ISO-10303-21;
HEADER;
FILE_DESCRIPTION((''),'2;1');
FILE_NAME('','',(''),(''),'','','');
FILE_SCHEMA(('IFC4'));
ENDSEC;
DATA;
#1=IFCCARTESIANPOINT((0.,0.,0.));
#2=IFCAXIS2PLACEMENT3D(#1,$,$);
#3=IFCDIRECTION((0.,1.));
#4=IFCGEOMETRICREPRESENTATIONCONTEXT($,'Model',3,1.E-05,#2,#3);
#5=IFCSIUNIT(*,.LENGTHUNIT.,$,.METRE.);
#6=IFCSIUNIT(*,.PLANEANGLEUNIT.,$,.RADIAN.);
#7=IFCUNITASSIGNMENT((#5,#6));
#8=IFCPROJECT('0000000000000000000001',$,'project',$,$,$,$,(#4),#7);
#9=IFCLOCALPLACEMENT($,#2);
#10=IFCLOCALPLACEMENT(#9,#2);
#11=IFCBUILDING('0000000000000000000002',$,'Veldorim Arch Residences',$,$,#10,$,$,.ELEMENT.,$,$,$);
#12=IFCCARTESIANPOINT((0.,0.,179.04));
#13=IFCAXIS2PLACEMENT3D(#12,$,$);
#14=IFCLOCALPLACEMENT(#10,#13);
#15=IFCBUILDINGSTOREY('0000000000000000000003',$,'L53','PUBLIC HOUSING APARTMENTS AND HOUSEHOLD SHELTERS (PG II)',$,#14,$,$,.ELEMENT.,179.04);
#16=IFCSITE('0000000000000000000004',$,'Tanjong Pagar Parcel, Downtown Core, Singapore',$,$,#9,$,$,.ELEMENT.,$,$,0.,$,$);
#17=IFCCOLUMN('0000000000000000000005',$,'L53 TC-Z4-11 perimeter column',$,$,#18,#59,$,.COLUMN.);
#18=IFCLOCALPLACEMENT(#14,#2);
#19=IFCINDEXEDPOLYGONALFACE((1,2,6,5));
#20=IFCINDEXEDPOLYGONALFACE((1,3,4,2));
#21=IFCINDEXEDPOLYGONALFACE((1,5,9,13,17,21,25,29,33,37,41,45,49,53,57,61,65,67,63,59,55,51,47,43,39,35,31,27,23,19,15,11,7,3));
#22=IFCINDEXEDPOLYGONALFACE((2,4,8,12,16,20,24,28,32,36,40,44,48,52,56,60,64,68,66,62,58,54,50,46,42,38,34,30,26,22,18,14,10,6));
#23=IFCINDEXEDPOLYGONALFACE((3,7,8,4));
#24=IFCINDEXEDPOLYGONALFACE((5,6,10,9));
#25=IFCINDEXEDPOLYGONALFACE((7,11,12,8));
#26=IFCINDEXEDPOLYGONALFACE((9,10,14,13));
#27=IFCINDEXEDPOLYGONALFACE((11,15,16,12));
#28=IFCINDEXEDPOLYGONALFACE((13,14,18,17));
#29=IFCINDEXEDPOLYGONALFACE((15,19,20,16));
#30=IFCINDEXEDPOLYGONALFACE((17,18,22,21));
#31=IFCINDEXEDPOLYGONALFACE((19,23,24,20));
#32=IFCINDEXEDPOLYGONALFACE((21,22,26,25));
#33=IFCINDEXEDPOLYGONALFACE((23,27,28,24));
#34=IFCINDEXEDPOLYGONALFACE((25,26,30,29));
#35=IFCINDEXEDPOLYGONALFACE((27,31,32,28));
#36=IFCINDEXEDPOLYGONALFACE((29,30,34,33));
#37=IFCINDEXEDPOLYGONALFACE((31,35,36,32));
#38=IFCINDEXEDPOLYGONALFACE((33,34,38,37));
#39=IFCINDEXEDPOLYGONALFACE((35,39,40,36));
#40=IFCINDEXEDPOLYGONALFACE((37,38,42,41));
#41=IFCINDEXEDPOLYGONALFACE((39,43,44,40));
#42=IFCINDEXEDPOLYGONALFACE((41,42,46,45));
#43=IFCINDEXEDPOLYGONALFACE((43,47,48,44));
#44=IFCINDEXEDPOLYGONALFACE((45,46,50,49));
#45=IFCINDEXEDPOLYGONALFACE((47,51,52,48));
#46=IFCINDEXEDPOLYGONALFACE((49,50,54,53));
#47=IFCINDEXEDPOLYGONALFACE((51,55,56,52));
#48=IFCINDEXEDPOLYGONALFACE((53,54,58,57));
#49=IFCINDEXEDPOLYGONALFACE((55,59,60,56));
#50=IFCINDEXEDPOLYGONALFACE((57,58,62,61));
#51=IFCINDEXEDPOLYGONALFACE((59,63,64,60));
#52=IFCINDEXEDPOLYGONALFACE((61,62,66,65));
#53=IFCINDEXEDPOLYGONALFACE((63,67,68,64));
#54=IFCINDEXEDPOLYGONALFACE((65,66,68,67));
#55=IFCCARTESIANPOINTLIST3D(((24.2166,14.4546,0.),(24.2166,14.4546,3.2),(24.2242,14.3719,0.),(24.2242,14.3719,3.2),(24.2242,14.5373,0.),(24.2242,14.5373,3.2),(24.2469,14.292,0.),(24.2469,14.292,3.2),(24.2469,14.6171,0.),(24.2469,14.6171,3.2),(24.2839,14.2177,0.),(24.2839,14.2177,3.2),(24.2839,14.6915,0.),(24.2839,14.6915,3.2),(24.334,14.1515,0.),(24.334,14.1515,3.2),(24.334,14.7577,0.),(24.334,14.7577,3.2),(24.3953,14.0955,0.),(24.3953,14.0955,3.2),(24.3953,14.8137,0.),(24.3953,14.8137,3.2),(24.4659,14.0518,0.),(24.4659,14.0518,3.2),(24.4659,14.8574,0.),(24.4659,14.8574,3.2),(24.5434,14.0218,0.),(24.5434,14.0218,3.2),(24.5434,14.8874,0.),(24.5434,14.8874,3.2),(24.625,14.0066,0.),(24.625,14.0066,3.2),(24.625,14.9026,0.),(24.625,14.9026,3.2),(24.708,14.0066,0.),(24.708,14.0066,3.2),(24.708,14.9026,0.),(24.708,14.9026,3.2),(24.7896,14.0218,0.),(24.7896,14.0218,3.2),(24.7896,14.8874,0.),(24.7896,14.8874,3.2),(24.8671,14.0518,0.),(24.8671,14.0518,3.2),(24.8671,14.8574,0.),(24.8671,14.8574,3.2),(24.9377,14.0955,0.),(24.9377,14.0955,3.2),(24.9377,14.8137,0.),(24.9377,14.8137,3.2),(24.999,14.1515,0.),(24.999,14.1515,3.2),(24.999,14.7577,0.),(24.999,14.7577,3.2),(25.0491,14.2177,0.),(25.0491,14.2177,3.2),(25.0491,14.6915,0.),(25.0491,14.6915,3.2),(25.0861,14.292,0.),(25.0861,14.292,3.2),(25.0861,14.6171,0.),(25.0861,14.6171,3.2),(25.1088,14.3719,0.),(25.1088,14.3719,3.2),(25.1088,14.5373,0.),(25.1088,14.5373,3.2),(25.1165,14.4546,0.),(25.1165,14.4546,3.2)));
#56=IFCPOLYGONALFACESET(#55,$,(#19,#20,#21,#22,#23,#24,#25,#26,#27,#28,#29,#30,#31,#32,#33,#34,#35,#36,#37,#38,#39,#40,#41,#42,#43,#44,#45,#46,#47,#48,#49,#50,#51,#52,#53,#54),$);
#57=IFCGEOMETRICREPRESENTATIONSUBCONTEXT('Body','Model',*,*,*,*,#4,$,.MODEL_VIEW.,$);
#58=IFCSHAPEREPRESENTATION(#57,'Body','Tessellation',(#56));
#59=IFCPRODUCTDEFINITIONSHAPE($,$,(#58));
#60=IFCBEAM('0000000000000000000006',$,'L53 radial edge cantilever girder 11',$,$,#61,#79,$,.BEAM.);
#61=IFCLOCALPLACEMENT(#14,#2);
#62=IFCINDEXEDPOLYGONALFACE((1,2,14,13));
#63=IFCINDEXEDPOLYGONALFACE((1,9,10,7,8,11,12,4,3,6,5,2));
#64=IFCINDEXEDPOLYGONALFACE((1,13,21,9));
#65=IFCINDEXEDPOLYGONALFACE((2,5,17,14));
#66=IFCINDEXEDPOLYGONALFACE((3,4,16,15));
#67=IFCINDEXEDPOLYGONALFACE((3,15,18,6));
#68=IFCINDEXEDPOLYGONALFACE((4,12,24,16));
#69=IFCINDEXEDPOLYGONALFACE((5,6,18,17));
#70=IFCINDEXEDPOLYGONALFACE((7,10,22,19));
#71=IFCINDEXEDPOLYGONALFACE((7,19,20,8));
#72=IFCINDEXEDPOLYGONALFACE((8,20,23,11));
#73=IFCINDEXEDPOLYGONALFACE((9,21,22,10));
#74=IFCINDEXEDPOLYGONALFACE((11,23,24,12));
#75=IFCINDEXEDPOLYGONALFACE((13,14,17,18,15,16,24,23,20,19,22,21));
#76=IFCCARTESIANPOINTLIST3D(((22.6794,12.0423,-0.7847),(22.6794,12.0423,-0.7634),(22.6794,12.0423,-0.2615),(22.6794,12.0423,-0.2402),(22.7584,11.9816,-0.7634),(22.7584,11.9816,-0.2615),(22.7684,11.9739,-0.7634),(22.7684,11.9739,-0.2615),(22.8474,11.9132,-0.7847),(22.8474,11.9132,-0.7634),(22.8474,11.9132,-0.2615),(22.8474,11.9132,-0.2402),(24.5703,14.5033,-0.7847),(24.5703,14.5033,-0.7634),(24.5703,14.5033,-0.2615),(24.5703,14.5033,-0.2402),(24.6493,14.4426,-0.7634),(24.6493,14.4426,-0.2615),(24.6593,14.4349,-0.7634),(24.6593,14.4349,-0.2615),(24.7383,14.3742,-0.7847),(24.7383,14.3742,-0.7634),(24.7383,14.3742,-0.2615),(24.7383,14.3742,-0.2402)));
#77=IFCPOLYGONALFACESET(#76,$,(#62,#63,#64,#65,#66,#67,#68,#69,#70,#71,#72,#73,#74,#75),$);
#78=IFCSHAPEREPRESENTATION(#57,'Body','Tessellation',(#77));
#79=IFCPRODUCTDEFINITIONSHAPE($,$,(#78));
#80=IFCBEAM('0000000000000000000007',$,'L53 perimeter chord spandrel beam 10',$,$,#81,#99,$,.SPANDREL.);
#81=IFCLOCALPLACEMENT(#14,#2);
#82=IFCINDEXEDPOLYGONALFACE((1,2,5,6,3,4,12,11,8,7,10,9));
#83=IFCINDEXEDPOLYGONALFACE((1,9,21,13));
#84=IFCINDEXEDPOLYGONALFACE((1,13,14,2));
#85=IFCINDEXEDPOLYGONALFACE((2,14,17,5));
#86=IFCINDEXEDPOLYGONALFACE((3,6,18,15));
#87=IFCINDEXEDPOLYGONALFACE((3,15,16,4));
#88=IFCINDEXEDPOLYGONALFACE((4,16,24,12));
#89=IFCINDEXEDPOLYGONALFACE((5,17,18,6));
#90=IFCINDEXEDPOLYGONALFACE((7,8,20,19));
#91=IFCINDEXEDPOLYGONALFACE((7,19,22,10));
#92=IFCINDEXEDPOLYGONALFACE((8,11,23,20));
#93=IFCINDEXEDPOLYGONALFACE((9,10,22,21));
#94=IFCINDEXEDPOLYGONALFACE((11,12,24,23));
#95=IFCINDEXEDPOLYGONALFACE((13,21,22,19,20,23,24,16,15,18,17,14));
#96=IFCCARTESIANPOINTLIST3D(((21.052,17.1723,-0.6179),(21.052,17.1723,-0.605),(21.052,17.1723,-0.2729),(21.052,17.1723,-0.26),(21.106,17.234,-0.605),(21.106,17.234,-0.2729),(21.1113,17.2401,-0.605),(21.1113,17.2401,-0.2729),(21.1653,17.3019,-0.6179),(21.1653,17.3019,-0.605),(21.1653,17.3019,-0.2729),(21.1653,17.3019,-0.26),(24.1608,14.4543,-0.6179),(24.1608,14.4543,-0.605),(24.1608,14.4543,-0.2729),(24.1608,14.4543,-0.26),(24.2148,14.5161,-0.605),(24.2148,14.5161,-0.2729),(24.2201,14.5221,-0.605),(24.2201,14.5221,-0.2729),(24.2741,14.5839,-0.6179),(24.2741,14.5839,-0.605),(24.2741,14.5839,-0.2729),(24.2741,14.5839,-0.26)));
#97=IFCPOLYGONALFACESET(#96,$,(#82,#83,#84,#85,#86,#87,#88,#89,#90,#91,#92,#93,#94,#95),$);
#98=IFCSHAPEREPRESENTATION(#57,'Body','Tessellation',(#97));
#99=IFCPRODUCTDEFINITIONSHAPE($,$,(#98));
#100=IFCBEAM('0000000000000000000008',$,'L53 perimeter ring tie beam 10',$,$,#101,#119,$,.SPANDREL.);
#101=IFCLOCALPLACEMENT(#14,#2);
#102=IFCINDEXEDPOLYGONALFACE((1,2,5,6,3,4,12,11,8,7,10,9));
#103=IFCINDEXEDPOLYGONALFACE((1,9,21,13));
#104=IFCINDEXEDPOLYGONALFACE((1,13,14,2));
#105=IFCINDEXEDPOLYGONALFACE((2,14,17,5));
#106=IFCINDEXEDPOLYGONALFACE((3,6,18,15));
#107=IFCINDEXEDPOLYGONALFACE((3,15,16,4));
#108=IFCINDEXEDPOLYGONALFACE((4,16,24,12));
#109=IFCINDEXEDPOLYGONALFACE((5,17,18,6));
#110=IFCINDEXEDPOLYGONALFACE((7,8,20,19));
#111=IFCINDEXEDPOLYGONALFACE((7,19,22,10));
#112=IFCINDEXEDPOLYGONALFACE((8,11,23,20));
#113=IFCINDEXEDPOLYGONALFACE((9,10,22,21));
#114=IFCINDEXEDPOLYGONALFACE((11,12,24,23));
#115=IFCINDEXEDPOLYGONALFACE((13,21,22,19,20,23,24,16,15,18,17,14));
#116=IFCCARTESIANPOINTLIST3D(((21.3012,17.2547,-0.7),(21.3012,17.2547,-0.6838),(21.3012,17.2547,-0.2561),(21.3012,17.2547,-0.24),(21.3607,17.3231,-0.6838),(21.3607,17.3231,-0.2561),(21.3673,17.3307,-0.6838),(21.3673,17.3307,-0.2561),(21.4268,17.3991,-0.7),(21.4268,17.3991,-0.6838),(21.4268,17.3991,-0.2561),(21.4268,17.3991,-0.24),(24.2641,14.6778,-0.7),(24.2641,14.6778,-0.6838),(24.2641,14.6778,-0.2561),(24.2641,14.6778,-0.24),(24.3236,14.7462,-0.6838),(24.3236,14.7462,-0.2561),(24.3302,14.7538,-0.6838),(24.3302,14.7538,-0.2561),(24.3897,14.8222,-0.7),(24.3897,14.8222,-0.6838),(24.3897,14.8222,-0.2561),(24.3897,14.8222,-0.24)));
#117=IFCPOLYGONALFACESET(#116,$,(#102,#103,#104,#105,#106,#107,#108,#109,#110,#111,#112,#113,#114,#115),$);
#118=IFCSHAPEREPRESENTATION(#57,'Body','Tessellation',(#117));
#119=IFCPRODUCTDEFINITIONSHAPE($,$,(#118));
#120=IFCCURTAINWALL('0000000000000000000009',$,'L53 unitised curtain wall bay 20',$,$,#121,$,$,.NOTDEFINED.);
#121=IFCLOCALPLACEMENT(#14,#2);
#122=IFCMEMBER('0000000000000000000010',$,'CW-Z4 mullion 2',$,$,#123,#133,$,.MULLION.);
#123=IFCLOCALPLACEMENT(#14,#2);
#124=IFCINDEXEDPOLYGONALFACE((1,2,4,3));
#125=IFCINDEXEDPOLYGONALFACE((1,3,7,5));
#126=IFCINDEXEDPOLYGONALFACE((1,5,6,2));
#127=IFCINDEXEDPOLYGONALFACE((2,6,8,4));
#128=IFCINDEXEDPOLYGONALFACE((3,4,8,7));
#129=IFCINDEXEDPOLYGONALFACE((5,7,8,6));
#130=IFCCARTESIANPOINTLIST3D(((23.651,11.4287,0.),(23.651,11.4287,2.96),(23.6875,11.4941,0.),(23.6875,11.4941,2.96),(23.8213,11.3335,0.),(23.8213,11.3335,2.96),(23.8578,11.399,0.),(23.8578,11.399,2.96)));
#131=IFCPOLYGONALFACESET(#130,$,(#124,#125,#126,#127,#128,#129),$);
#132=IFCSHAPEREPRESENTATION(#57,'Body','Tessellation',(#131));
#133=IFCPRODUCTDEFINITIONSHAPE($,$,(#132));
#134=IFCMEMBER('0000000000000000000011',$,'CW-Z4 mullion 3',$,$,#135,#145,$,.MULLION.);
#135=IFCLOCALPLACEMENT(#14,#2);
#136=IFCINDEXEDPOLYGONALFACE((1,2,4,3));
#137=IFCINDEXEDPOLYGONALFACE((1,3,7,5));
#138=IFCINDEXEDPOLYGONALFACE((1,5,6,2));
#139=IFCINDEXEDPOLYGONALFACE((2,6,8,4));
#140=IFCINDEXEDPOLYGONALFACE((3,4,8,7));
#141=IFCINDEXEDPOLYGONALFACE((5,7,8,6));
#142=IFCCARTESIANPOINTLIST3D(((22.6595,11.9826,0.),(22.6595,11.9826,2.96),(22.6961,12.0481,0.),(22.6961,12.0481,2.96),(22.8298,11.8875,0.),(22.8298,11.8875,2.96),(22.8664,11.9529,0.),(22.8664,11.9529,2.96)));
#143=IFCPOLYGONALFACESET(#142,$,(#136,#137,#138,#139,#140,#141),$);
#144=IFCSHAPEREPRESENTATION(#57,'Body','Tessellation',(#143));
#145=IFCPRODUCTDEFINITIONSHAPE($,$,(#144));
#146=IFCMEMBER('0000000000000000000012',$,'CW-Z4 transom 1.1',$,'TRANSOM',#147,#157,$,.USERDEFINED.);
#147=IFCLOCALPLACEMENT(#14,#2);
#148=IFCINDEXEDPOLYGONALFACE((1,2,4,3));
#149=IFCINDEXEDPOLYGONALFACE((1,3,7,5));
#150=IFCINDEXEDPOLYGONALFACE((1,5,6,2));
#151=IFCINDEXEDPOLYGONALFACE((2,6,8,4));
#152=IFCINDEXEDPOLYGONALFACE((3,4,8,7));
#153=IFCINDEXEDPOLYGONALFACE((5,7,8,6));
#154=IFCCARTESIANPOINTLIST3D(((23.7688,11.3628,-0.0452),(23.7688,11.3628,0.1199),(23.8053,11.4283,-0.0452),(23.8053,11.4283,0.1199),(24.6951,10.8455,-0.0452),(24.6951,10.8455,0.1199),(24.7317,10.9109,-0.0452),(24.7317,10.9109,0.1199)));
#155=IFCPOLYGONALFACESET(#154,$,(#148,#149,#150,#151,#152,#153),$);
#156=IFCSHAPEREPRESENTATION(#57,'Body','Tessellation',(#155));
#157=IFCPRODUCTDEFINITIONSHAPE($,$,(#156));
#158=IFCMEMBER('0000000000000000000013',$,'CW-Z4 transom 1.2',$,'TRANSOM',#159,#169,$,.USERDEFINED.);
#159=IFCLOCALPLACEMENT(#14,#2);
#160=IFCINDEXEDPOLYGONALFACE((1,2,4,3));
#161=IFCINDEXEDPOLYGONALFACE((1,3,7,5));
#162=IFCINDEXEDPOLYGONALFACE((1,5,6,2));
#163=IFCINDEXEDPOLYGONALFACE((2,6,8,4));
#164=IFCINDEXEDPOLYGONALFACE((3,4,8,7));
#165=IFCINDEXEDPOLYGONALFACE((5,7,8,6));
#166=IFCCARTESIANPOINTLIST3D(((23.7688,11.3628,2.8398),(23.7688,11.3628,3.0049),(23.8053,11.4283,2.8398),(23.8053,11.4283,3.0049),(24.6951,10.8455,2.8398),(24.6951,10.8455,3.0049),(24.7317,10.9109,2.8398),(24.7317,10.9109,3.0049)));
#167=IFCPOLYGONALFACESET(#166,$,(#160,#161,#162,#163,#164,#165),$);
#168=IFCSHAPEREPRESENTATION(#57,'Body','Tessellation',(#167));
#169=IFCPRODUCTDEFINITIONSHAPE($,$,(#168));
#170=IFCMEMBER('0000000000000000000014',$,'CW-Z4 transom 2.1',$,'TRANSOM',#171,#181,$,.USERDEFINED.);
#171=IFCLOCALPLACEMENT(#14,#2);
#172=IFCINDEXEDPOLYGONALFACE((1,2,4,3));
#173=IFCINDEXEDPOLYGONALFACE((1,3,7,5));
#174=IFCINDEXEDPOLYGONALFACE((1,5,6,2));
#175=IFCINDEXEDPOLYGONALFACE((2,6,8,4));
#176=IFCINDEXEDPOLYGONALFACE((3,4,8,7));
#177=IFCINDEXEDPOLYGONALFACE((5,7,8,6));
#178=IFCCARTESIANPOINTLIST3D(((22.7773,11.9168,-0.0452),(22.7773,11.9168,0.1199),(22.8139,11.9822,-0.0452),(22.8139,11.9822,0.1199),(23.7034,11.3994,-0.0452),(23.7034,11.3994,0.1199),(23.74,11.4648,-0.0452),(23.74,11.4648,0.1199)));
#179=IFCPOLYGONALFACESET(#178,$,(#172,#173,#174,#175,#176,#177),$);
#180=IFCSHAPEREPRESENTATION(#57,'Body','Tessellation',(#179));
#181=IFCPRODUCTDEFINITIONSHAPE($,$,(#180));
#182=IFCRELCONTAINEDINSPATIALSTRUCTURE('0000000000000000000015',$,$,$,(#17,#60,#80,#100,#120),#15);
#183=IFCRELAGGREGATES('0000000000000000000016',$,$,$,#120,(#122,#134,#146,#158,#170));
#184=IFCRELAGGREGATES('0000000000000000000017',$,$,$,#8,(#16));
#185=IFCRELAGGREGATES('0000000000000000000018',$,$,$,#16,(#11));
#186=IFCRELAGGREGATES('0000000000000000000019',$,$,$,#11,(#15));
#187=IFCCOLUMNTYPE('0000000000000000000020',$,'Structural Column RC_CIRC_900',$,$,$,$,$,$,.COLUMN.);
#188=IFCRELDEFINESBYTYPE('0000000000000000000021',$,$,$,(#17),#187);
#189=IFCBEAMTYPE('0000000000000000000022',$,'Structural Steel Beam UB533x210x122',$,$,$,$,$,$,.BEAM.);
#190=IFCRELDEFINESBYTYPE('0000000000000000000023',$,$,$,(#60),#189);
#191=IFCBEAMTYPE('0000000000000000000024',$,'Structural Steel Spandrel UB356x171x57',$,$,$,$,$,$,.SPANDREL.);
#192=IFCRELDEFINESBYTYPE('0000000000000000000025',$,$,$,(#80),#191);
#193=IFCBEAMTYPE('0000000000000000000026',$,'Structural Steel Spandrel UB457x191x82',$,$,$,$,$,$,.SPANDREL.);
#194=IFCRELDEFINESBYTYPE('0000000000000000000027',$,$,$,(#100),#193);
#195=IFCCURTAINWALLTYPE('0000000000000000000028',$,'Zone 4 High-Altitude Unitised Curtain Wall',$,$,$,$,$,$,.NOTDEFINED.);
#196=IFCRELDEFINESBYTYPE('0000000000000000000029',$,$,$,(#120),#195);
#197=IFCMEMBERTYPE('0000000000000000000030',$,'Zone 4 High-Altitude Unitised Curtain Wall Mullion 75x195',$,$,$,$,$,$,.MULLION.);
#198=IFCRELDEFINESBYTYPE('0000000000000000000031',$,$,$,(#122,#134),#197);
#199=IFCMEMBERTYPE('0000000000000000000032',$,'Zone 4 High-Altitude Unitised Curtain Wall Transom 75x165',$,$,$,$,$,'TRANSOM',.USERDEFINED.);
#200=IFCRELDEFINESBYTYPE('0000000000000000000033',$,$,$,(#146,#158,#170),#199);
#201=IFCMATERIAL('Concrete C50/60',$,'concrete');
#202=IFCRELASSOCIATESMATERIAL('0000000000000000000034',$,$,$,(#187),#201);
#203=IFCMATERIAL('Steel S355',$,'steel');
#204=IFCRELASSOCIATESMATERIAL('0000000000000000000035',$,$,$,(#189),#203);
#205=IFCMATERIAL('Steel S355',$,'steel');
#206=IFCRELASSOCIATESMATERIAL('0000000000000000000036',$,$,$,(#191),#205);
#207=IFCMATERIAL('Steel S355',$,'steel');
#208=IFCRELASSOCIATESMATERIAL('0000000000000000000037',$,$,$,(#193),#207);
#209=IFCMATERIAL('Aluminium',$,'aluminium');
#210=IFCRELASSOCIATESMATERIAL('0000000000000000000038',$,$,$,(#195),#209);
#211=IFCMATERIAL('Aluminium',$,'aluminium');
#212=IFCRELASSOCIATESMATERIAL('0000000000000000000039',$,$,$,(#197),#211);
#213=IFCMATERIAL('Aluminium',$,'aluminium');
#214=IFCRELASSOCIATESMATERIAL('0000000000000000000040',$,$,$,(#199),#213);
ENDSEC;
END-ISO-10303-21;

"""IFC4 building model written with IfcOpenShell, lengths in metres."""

from ifc_helpers import new_model, si_unit, direction, frame, origin, origin_2d, place, context, subcontext, project, spatial, rectangle, circle, i_section, extrude, material, material_profile, profile_set, type_object, element, aggregate, save


model = new_model("IFC4")

# Units and contexts
model_context = context("Model", 3, precision=1e-05, world=origin(), true_north=direction((0.0, 1.0)))
body_context = subcontext(model_context, "Body", "Model", "MODEL_VIEW")
ifc_project = project(units=[si_unit("LENGTHUNIT", "METRE"), si_unit("PLANEANGLEUNIT", "RADIAN")], contexts=[model_context])

# Site, building, storey
site_placement = place(None, origin())
site = spatial("IfcSite", under=ifc_project, at=site_placement, Name="Tanjong Pagar Parcel, Downtown Core, Singapore", CompositionType="ELEMENT", RefElevation=0.0)
building_placement = place(site_placement, origin())
building = spatial("IfcBuilding", under=site, at=building_placement, Name="Veldorim Arch Residences", CompositionType="ELEMENT")
storey_placement = place(building_placement, frame((0.0, 0.0, 179.04)))
storey = spatial("IfcBuildingStorey", under=building, at=storey_placement, Name="L53", Description="PUBLIC HOUSING APARTMENTS AND HOUSEHOLD SHELTERS (PG II)", CompositionType="ELEMENT", Elevation=179.04)

# Column
ifc_material_1 = material(Name="Concrete C50/60", Category="concrete")
ifc_material_profile_1 = material_profile(ifc_material_1, circle(Radius=0.45, at=origin_2d()), Name="RC_CIRC_900")
ifc_profile_set_1 = profile_set([ifc_material_profile_1], Name="Concrete C50/60")
column_type = type_object("IfcColumnType", Name="Structural Column RC_CIRC_900", PredefinedType="COLUMN", material=ifc_profile_set_1)
column_placement = place(storey_placement, frame((24.6665, 14.4546, 0.0), z_axis=(0.0, 0.0, 1.0), x_axis=(1.0, 0.0, 0.0)))
element("IfcColumn", 1, at=column_placement, inside=storey, type_object=column_type, Name="L53 TC-Z4-11 perimeter column", PredefinedType="COLUMN", context=body_context, shape_type="SweptSolid", body=[
    extrude(circle(Radius=0.45, at=origin_2d()), origin(), (0.0, 0.0, 1.0), 3.2),
])

# Beams
ifc_material_2 = material(Name="Steel S355", Category="steel")
ifc_material_profile_2 = material_profile(ifc_material_2, i_section(OverallWidth=0.2119, OverallDepth=0.5444, WebThickness=0.0127, FlangeThickness=0.0212, at=origin_2d()), Name="UB533x210x122")
ifc_profile_set_2 = profile_set([ifc_material_profile_2], Name="Steel S355")
beam_type_1 = type_object("IfcBeamType", Name="Structural Steel Beam UB533x210x122", PredefinedType="BEAM", material=ifc_profile_set_2)
beam_1_placement = place(storey_placement, frame((24.6543, 14.4387, -0.5125), z_axis=(-0.609273, -0.79296, 0.0), x_axis=(0.79296, -0.609273, 0.0)))
element("IfcBeam", 2, at=beam_1_placement, inside=storey, type_object=beam_type_1, Name="L53 radial edge cantilever girder 11", PredefinedType="BEAM", context=body_context, shape_type="SweptSolid", body=[
    extrude(i_section(OverallWidth=0.2119, OverallDepth=0.5444, WebThickness=0.0127, FlangeThickness=0.0212, at=origin_2d()), origin(), (0.0, 0.0, 1.0), 3.1035),
])
ifc_material_3 = material(Name="Steel S355", Category="steel")
ifc_material_profile_3 = material_profile(ifc_material_3, i_section(OverallWidth=0.1721, OverallDepth=0.3579, WebThickness=0.0081, FlangeThickness=0.0129, at=origin_2d()), Name="UB356x171x57")
ifc_profile_set_3 = profile_set([ifc_material_profile_3], Name="Steel S355")
beam_type_2 = type_object("IfcBeamType", Name="Structural Steel Spandrel UB356x171x57", PredefinedType="SPANDREL", material=ifc_profile_set_3)
beam_2_placement = place(storey_placement, frame((21.1086, 17.2371, -0.439), z_axis=(0.752848, -0.658195, 0.0), x_axis=(0.658195, 0.752848, 0.0)))
element("IfcBeam", 3, at=beam_2_placement, inside=storey, type_object=beam_type_2, Name="L53 perimeter chord spandrel beam 10", PredefinedType="SPANDREL", context=body_context, shape_type="SweptSolid", body=[
    extrude(i_section(OverallWidth=0.1721, OverallDepth=0.3579, WebThickness=0.0081, FlangeThickness=0.0129, at=origin_2d()), origin(), (0.0, 0.0, 1.0), 4.1294),
])
ifc_material_4 = material(Name="Steel S355", Category="steel")
ifc_material_profile_4 = material_profile(ifc_material_4, i_section(OverallWidth=0.1914, OverallDepth=0.46, WebThickness=0.01, FlangeThickness=0.0161, at=origin_2d()), Name="UB457x191x82")
ifc_profile_set_4 = profile_set([ifc_material_profile_4], Name="Steel S355")
beam_type_3 = type_object("IfcBeamType", Name="Structural Steel Spandrel UB457x191x82", PredefinedType="SPANDREL", material=ifc_profile_set_4)
beam_3_placement = place(storey_placement, frame((21.364, 17.3269, -0.47), z_axis=(0.754545, -0.656248, 0.0), x_axis=(0.656248, 0.754545, 0.0)))
element("IfcBeam", 4, at=beam_3_placement, inside=storey, type_object=beam_type_3, Name="L53 perimeter ring tie beam 10", PredefinedType="SPANDREL", context=body_context, shape_type="SweptSolid", body=[
    extrude(i_section(OverallWidth=0.1914, OverallDepth=0.46, WebThickness=0.01, FlangeThickness=0.0161, at=origin_2d()), origin(), (0.0, 0.0, 1.0), 3.9268),
])

# Curtain wall, members
ifc_material_5 = material(Name="Aluminium", Category="aluminium")
curtain_wall_type = type_object("IfcCurtainWallType", Name="Zone 4 High-Altitude Unitised Curtain Wall", PredefinedType="NOTDEFINED", material=ifc_material_5)
curtain_wall_placement = place(storey_placement, origin())
curtain_wall = element("IfcCurtainWall", 5, at=curtain_wall_placement, inside=storey, type_object=curtain_wall_type, Name="L53 unitised curtain wall bay 20", PredefinedType="NOTDEFINED")
ifc_material_6 = material(Name="Aluminium", Category="aluminium")
ifc_material_profile_5 = material_profile(ifc_material_6, rectangle(XDim=0.075, YDim=0.1951, at=origin_2d()), Name="ALU_MUL_75x195")
ifc_profile_set_5 = profile_set([ifc_material_profile_5], Name="Aluminium")
member_type_1 = type_object("IfcMemberType", Name="Zone 4 High-Altitude Unitised Curtain Wall Mullion 75x195", PredefinedType="MULLION", material=ifc_profile_set_5)
member_1_placement = place(storey_placement, frame((23.7544, 11.4138, 0.0), z_axis=(0.0, 0.0, 1.0), x_axis=(-0.487736, -0.872991, 0.0)))
member_1 = element("IfcMember", 6, at=member_1_placement, type_object=member_type_1, Name="CW-Z4 mullion 2", PredefinedType="MULLION", context=body_context, shape_type="SweptSolid", body=[
    extrude(rectangle(XDim=0.075, YDim=0.1951, at=origin_2d()), origin(), (0.0, 0.0, 1.0), 2.96),
])
member_2_placement = place(storey_placement, frame((22.7629, 11.9678, 0.0), z_axis=(0.0, 0.0, 1.0), x_axis=(-0.487736, -0.872991, 0.0)))
member_2 = element("IfcMember", 7, at=member_2_placement, type_object=member_type_1, Name="CW-Z4 mullion 3", PredefinedType="MULLION", context=body_context, shape_type="SweptSolid", body=[
    extrude(rectangle(XDim=0.075, YDim=0.1951, at=origin_2d()), origin(), (0.0, 0.0, 1.0), 2.96),
])
ifc_material_7 = material(Name="Aluminium", Category="aluminium")
ifc_material_profile_6 = material_profile(ifc_material_7, rectangle(XDim=0.075, YDim=0.165, at=origin_2d()), Name="ALU_TRN_75x165")
ifc_profile_set_6 = profile_set([ifc_material_profile_6], Name="Aluminium")
member_type_2 = type_object("IfcMemberType", Name="Zone 4 High-Altitude Unitised Curtain Wall Transom 75x165", ElementType="TRANSOM", PredefinedType="USERDEFINED", material=ifc_profile_set_6)
member_3_placement = place(storey_placement, frame((24.7134, 10.8782, 0.0374), z_axis=(-0.873059, 0.487615, 0.0), x_axis=(-0.487615, -0.873059, 0.0)))
member_3 = element("IfcMember", 8, at=member_3_placement, type_object=member_type_2, Name="CW-Z4 transom 1.1", ObjectType="TRANSOM", PredefinedType="USERDEFINED", context=body_context, shape_type="SweptSolid", body=[
    extrude(rectangle(XDim=0.075, YDim=0.165, at=origin_2d()), origin(), (0.0, 0.0, 1.0), 1.061),
])
member_4_placement = place(storey_placement, frame((24.7134, 10.8782, 2.9224), z_axis=(-0.873059, 0.487615, 0.0), x_axis=(-0.487615, -0.873059, 0.0)))
member_4 = element("IfcMember", 9, at=member_4_placement, type_object=member_type_2, Name="CW-Z4 transom 1.2", ObjectType="TRANSOM", PredefinedType="USERDEFINED", context=body_context, shape_type="SweptSolid", body=[
    extrude(rectangle(XDim=0.075, YDim=0.165, at=origin_2d()), origin(), (0.0, 0.0, 1.0), 1.061),
])
member_5_placement = place(storey_placement, frame((23.7217, 11.4321, 0.0374), z_axis=(-0.873004, 0.487713, 0.0), x_axis=(-0.487713, -0.873004, 0.0)))
member_5 = element("IfcMember", 10, at=member_5_placement, type_object=member_type_2, Name="CW-Z4 transom 2.1", ObjectType="TRANSOM", PredefinedType="USERDEFINED", context=body_context, shape_type="SweptSolid", body=[
    extrude(rectangle(XDim=0.075, YDim=0.165, at=origin_2d()), origin(), (0.0, 0.0, 1.0), 1.0608),
])
aggregate(curtain_wall, [member_1, member_2, member_3, member_4, member_5])

save(model, "model.ifc")
